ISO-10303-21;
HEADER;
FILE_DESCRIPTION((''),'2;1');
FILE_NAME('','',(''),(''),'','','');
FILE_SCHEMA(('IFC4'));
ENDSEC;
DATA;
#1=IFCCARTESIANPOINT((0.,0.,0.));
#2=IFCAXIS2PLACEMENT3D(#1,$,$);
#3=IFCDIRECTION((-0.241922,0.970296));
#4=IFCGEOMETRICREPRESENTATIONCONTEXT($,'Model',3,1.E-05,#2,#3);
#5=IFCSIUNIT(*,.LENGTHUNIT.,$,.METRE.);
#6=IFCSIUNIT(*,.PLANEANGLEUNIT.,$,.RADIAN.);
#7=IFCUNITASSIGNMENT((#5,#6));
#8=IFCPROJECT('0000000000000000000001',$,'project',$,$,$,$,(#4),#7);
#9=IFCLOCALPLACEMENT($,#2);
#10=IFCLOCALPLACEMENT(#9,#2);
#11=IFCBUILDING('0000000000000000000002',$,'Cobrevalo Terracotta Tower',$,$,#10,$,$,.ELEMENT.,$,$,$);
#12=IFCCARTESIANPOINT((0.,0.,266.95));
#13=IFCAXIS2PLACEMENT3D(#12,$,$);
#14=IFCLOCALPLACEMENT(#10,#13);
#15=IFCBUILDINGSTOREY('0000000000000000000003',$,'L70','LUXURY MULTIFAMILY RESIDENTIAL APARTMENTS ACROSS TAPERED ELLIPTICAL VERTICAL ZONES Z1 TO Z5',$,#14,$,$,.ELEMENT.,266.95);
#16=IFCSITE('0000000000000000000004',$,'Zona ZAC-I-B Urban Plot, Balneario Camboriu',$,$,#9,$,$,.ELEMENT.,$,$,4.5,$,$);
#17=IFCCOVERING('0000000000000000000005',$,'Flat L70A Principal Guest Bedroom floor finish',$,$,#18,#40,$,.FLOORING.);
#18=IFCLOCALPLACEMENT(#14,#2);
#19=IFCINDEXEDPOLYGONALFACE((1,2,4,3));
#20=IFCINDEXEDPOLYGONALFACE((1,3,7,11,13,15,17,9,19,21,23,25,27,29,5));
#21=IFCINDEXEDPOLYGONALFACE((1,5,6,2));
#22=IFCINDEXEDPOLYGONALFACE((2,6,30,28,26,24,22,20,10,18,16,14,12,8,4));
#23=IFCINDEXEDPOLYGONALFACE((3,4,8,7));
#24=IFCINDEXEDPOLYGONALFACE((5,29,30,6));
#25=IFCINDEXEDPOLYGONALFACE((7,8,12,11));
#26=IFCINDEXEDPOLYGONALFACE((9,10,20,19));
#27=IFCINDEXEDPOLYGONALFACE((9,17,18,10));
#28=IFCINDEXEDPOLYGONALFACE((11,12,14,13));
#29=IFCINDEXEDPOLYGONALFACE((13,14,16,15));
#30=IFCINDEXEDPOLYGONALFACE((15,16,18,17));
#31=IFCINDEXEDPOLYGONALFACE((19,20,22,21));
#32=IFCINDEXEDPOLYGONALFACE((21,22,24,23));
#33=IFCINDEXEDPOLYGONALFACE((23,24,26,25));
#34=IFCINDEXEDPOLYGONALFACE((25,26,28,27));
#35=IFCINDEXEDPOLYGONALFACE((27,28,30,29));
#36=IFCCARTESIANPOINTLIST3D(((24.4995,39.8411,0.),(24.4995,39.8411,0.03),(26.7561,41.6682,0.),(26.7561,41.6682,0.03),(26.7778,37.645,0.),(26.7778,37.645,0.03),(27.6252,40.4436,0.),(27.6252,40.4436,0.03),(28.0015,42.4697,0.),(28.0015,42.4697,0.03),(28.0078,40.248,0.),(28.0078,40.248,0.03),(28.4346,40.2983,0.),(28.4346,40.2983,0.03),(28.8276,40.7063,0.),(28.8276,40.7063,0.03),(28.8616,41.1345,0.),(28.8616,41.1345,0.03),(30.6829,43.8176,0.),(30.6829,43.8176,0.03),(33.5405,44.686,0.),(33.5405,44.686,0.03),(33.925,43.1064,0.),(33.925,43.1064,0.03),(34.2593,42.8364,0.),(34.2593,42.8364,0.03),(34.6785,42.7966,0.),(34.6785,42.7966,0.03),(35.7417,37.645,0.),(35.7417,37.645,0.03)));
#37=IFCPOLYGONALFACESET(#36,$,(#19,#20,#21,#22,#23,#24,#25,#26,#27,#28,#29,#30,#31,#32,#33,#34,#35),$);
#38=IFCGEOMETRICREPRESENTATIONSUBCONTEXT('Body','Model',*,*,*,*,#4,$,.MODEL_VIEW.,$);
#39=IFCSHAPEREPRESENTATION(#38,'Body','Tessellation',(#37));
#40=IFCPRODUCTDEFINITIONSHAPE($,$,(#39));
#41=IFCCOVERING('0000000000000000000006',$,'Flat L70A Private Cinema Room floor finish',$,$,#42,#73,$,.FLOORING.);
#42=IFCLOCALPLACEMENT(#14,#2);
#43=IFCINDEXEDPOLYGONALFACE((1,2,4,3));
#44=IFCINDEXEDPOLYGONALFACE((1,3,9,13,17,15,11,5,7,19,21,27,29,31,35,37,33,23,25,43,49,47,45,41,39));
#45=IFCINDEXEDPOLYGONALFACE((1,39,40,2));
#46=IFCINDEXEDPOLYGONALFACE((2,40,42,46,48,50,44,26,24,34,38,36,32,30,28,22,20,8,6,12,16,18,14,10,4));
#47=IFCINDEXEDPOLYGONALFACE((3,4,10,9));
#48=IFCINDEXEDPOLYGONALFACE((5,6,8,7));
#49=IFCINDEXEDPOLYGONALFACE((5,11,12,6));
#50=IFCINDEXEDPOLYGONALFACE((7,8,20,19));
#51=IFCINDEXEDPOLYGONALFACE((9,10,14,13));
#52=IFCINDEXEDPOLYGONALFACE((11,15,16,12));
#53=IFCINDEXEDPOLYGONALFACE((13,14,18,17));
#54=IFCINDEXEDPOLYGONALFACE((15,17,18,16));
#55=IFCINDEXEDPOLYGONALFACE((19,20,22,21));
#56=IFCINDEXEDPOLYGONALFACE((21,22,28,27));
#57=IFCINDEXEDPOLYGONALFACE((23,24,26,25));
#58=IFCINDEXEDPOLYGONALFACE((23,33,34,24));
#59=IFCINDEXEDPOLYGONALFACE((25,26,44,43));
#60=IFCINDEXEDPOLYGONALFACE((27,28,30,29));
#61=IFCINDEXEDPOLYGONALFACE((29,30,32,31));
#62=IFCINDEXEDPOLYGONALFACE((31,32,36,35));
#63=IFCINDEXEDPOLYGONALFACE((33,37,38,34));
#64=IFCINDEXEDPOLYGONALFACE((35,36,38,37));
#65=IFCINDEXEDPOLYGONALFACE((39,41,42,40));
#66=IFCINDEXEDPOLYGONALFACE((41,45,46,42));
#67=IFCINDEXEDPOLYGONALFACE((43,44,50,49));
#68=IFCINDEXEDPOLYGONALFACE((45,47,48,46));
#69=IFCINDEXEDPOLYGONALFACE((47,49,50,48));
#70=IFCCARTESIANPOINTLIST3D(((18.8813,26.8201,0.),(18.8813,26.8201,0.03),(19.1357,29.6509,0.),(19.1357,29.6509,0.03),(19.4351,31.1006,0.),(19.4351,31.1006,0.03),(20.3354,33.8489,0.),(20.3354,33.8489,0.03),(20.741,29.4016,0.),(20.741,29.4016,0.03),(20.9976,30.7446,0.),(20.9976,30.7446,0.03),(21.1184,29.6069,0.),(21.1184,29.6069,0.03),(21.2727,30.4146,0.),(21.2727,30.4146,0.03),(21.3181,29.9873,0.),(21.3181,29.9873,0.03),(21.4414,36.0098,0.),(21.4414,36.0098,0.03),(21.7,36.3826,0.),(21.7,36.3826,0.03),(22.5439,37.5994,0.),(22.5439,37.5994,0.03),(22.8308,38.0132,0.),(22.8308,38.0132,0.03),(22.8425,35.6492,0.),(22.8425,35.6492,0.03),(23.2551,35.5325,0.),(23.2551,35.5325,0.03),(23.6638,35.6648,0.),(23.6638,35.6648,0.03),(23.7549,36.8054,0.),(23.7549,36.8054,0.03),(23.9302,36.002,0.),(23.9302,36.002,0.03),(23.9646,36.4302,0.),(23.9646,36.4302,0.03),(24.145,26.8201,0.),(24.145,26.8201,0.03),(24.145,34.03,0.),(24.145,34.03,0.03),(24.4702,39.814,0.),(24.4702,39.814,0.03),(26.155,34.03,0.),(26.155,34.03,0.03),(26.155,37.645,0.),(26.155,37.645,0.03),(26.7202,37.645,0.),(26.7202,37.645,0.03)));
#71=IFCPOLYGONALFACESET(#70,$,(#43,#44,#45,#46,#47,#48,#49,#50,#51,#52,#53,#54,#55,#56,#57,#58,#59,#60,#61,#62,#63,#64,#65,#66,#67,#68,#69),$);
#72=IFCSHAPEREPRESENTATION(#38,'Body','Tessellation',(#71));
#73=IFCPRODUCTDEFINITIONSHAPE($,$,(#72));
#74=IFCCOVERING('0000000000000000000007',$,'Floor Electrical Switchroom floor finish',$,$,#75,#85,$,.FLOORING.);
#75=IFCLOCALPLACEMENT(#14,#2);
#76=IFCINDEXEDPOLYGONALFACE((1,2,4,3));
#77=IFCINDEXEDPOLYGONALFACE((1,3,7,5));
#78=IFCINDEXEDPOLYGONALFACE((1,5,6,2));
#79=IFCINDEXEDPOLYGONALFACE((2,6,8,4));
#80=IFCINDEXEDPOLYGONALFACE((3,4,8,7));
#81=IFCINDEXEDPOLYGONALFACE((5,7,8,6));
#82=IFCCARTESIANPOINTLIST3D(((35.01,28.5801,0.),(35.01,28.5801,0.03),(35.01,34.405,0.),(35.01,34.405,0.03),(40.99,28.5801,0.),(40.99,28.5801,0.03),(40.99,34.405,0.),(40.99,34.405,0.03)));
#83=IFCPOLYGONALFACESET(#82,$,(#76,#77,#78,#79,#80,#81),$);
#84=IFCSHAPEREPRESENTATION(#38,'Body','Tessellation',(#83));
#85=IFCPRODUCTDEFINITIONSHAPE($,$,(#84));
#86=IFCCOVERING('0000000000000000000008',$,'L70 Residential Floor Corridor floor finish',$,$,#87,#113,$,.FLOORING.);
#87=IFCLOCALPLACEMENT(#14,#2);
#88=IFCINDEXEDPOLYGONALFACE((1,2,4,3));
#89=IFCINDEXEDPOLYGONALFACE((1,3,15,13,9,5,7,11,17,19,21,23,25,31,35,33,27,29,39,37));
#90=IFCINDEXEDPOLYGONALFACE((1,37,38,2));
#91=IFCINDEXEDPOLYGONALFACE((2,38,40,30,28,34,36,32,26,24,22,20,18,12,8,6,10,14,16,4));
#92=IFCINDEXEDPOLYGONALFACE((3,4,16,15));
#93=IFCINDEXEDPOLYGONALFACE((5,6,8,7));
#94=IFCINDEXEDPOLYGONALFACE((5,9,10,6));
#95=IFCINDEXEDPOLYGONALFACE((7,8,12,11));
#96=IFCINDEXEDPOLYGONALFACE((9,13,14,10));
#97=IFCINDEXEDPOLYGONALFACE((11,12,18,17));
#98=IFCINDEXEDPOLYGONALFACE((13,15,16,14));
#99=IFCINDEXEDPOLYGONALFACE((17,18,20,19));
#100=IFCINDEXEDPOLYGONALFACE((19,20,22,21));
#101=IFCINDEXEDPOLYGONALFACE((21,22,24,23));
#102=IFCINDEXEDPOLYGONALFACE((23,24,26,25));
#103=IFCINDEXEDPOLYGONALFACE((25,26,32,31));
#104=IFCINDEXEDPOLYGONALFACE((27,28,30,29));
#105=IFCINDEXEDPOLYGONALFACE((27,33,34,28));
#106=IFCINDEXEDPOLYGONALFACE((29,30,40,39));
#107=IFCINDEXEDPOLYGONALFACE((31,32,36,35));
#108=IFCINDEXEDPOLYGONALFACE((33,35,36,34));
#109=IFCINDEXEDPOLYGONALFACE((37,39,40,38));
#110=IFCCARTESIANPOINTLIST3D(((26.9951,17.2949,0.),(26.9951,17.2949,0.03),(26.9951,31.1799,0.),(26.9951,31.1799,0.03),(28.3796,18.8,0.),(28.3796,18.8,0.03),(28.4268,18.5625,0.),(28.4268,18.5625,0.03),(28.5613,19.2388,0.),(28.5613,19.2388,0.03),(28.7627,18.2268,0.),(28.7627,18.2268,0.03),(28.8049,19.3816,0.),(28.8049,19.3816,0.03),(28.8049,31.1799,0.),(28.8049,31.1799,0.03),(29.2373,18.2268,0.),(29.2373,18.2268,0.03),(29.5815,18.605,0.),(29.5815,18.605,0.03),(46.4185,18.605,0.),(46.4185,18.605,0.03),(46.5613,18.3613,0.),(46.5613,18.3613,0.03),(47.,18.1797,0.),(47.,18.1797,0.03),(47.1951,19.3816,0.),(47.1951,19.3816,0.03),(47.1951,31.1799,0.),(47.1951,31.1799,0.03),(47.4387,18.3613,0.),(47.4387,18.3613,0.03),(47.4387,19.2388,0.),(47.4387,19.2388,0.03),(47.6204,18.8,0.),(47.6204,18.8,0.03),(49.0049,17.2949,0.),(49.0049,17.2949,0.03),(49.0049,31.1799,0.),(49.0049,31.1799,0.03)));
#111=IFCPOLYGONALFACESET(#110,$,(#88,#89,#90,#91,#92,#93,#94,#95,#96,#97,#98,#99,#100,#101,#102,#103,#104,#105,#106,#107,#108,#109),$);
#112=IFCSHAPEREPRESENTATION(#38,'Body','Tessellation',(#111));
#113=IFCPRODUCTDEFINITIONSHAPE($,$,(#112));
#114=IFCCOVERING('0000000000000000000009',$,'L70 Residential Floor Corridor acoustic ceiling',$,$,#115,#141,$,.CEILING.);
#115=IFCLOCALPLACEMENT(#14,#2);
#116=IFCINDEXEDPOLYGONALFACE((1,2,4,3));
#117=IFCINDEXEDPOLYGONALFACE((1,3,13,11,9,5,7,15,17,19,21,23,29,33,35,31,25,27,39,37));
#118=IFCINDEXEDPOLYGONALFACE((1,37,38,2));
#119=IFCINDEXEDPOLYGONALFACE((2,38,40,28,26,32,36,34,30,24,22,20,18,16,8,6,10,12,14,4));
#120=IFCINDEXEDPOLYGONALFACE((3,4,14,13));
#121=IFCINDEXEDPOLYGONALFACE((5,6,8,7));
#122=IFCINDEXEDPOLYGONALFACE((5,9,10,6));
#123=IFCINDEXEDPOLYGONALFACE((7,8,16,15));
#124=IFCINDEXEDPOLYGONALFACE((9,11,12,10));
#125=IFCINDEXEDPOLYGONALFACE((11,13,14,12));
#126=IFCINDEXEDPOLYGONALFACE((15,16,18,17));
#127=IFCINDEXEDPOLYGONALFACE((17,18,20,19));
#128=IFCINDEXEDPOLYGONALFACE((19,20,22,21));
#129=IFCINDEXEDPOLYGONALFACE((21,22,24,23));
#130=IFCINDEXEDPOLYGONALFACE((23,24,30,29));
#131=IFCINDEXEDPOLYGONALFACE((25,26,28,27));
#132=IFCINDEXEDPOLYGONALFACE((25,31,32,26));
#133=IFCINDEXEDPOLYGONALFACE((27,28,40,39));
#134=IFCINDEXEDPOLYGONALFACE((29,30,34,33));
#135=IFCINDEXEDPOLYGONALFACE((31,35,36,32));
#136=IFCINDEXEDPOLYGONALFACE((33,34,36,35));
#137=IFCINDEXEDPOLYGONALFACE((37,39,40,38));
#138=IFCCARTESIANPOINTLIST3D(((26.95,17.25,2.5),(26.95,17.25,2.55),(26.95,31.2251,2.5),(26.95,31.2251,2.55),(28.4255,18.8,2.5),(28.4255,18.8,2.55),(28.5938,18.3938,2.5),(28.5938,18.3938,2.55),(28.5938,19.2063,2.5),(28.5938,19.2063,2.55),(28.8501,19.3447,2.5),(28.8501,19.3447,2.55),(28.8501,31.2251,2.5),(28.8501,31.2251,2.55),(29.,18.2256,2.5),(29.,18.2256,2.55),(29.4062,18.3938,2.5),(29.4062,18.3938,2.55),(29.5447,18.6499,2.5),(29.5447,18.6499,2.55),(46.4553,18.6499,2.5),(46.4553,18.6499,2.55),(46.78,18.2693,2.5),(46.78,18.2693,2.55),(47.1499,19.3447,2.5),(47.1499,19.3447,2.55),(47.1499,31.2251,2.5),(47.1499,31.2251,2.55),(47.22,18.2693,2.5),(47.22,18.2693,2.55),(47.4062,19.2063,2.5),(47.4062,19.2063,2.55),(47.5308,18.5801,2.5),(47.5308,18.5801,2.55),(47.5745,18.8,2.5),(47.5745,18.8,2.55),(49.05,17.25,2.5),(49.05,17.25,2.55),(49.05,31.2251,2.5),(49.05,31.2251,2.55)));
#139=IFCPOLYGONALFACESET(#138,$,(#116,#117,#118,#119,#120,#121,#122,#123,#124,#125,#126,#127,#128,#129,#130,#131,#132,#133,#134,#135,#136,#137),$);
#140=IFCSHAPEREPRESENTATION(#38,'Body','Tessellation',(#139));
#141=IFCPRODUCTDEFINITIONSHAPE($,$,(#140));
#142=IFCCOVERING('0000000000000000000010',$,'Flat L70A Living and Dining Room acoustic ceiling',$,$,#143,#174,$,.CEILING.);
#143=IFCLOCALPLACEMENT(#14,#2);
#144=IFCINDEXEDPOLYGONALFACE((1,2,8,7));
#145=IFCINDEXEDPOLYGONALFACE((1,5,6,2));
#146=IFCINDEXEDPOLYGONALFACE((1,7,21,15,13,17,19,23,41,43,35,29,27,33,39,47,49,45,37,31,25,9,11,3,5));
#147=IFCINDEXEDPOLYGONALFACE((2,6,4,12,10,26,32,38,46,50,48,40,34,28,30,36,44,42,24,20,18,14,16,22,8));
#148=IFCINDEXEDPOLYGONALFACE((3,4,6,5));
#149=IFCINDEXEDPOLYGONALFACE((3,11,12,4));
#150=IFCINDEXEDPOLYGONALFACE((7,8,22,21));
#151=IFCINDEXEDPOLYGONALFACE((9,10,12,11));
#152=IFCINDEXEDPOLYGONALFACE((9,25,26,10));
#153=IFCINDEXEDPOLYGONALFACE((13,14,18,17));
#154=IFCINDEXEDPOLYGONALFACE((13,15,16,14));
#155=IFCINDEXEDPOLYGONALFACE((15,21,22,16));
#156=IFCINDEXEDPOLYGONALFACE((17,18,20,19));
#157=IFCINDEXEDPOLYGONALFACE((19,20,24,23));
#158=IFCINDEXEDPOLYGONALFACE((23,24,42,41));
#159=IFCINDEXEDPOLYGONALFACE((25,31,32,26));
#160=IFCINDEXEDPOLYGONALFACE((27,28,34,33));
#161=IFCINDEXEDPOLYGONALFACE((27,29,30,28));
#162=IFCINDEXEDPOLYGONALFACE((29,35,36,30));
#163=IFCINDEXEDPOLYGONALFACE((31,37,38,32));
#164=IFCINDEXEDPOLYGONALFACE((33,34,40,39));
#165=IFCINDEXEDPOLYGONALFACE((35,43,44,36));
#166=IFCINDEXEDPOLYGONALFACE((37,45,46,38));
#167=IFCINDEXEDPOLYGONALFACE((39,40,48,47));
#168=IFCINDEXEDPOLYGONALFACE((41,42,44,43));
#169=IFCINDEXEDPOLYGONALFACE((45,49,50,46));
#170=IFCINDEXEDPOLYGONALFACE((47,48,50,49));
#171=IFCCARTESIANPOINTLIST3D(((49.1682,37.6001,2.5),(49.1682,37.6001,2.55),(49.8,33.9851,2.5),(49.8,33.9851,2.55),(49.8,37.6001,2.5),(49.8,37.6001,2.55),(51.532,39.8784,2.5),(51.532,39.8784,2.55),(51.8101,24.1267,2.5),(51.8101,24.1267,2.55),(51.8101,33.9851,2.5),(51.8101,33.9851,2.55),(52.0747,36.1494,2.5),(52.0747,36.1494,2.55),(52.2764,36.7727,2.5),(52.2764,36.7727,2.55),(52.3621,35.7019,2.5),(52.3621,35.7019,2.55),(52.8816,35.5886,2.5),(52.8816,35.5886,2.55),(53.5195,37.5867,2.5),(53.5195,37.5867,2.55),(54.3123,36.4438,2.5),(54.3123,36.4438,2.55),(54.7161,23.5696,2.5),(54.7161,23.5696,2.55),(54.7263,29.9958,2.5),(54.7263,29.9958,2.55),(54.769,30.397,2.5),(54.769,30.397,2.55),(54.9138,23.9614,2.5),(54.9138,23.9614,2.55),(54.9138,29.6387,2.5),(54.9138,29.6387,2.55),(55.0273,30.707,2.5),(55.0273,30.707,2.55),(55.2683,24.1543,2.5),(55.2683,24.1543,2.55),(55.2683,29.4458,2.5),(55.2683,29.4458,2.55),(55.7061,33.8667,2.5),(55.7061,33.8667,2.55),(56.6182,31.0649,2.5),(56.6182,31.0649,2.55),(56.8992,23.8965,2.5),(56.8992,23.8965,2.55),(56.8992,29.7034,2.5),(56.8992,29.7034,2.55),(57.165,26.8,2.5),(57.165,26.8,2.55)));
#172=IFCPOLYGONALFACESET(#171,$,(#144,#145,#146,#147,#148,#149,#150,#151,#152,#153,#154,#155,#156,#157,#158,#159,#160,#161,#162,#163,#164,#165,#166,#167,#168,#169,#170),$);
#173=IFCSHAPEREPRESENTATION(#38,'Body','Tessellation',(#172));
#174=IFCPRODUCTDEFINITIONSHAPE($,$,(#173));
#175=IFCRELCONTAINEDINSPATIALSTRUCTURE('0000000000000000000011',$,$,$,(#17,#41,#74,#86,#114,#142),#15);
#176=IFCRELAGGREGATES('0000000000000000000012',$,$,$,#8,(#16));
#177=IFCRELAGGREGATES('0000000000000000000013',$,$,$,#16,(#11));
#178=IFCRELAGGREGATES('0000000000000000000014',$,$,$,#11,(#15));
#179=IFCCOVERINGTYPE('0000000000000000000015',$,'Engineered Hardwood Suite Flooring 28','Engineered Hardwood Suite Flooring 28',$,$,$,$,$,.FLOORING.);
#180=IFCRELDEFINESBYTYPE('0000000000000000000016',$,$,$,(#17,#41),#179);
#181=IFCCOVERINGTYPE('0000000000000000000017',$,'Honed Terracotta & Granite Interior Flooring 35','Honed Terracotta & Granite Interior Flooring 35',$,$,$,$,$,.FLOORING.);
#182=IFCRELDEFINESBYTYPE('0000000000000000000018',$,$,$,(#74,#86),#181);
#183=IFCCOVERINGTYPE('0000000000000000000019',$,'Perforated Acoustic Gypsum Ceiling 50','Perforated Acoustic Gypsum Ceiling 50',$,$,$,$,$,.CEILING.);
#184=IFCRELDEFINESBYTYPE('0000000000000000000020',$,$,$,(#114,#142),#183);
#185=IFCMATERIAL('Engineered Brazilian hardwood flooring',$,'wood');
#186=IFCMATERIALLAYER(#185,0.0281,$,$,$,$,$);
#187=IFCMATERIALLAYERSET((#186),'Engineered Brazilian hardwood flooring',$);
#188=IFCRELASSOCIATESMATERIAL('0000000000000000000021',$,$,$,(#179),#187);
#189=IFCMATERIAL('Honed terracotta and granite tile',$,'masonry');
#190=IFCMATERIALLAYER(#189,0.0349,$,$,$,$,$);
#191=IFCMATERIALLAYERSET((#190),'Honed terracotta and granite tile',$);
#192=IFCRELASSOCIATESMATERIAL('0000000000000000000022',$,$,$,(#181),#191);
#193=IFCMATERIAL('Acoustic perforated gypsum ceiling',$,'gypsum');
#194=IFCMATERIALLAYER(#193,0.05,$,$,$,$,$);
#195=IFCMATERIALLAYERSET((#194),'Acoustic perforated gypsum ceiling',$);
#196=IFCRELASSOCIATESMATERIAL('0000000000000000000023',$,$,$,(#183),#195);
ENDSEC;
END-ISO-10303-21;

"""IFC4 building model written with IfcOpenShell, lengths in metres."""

from ifc_helpers import new_model, si_unit, direction, frame, origin, place, context, subcontext, project, spatial, polyline, outline, extrude, material, layer, layer_set, type_object, element, save


model = new_model("IFC4")

# Units and contexts
model_context = context("Model", 3, precision=1e-05, world=origin(), true_north=direction((-0.241922, 0.970296)))
body_context = subcontext(model_context, "Body", "Model", "MODEL_VIEW")
ifc_project = project(units=[si_unit("LENGTHUNIT", "METRE"), si_unit("PLANEANGLEUNIT", "RADIAN")], contexts=[model_context])

# Site, building, storey
site_placement = place(None, origin())
site = spatial("IfcSite", under=ifc_project, at=site_placement, Name="Zona ZAC-I-B Urban Plot, Balneario Camboriu", CompositionType="ELEMENT", RefElevation=4.5)
building_placement = place(site_placement, origin())
building = spatial("IfcBuilding", under=site, at=building_placement, Name="Cobrevalo Terracotta Tower", CompositionType="ELEMENT")
storey_placement = place(building_placement, frame((0.0, 0.0, 266.95)))
storey = spatial("IfcBuildingStorey", under=building, at=storey_placement, Name="L70", Description="LUXURY MULTIFAMILY RESIDENTIAL APARTMENTS ACROSS TAPERED ELLIPTICAL VERTICAL ZONES Z1 TO Z5", CompositionType="ELEMENT", Elevation=266.95)

# Coverings
ifc_material_1 = material(Name="Engineered Brazilian hardwood flooring", Category="wood")
ifc_layer_1 = layer(ifc_material_1, 0.0281)
ifc_layer_set_1 = layer_set([ifc_layer_1], Name="Engineered Brazilian hardwood flooring")
covering_type_1 = type_object("IfcCoveringType", Name="Engineered Hardwood Suite Flooring 28", Description="Engineered Hardwood Suite Flooring 28", PredefinedType="FLOORING", material=ifc_layer_set_1)
covering_1_placement = place(storey_placement, origin())
element("IfcCovering", 1, at=covering_1_placement, inside=storey, type_object=covering_type_1, Name="Flat L70A Principal Guest Bedroom floor finish", PredefinedType="FLOORING", context=body_context, shape_type="SweptSolid", body=[
    extrude(outline(polyline([(24.4995, 39.8411), (26.7561, 41.6682), (27.6252, 40.4436), (28.0078, 40.248), (28.4346, 40.2983), (28.8276, 40.7063), (28.8616, 41.1345), (28.0015, 42.4697), (30.6829, 43.8176), (33.5405, 44.686), (33.925, 43.1064), (34.2593, 42.8364), (34.6785, 42.7966), (35.7417, 37.645), (26.7778, 37.645), (24.4995, 39.8411)])), origin(), (0.0, 0.0, 1.0), 0.03),
])
covering_2_placement = place(storey_placement, origin())
element("IfcCovering", 2, at=covering_2_placement, inside=storey, type_object=covering_type_1, Name="Flat L70A Private Cinema Room floor finish", PredefinedType="FLOORING", context=body_context, shape_type="SweptSolid", body=[
    extrude(outline(polyline([(26.7202, 37.645), (26.155, 37.645), (26.155, 34.03), (24.145, 34.03), (24.145, 26.8201), (18.8813, 26.8201), (19.1357, 29.6509), (20.741, 29.4016), (21.1184, 29.6069), (21.3181, 29.9873), (21.2727, 30.4146), (20.9976, 30.7446), (19.4351, 31.1006), (20.3354, 33.8489), (21.4414, 36.0098), (21.7, 36.3826), (22.8425, 35.6492), (23.2551, 35.5325), (23.6638, 35.6648), (23.9302, 36.002), (23.9646, 36.4302), (23.7549, 36.8054), (22.5439, 37.5994), (22.8308, 38.0132), (24.4702, 39.814), (26.7202, 37.645)])), origin(), (0.0, 0.0, 1.0), 0.03),
])
ifc_material_2 = material(Name="Honed terracotta and granite tile", Category="masonry")
ifc_layer_2 = layer(ifc_material_2, 0.0349)
ifc_layer_set_2 = layer_set([ifc_layer_2], Name="Honed terracotta and granite tile")
covering_type_2 = type_object("IfcCoveringType", Name="Honed Terracotta & Granite Interior Flooring 35", Description="Honed Terracotta & Granite Interior Flooring 35", PredefinedType="FLOORING", material=ifc_layer_set_2)
covering_3_placement = place(storey_placement, origin())
element("IfcCovering", 3, at=covering_3_placement, inside=storey, type_object=covering_type_2, Name="Floor Electrical Switchroom floor finish", PredefinedType="FLOORING", context=body_context, shape_type="SweptSolid", body=[
    extrude(outline(polyline([(35.01, 34.405), (40.99, 34.405), (40.99, 28.5801), (35.01, 28.5801), (35.01, 34.405)])), origin(), (0.0, 0.0, 1.0), 0.03),
])
covering_4_placement = place(storey_placement, origin())
element("IfcCovering", 4, at=covering_4_placement, inside=storey, type_object=covering_type_2, Name="L70 Residential Floor Corridor floor finish", PredefinedType="FLOORING", context=body_context, shape_type="SweptSolid", body=[
    extrude(outline(polyline([(26.9951, 31.1799), (28.8049, 31.1799), (28.8049, 19.3816), (28.5613, 19.2388), (28.3796, 18.8), (28.4268, 18.5625), (28.7627, 18.2268), (29.2373, 18.2268), (29.5815, 18.605), (46.4185, 18.605), (46.5613, 18.3613), (47.0, 18.1797), (47.4387, 18.3613), (47.6204, 18.8), (47.4387, 19.2388), (47.1951, 19.3816), (47.1951, 31.1799), (49.0049, 31.1799), (49.0049, 17.2949), (26.9951, 17.2949), (26.9951, 31.1799)])), origin(), (0.0, 0.0, 1.0), 0.03),
])
ifc_material_3 = material(Name="Acoustic perforated gypsum ceiling", Category="gypsum")
ifc_layer_3 = layer(ifc_material_3, 0.05)
ifc_layer_set_3 = layer_set([ifc_layer_3], Name="Acoustic perforated gypsum ceiling")
covering_type_3 = type_object("IfcCoveringType", Name="Perforated Acoustic Gypsum Ceiling 50", Description="Perforated Acoustic Gypsum Ceiling 50", PredefinedType="CEILING", material=ifc_layer_set_3)
covering_5_placement = place(storey_placement, frame((0.0, 0.0, 2.5)))
element("IfcCovering", 5, at=covering_5_placement, inside=storey, type_object=covering_type_3, Name="L70 Residential Floor Corridor acoustic ceiling", PredefinedType="CEILING", context=body_context, shape_type="SweptSolid", body=[
    extrude(outline(polyline([(26.95, 31.2251), (28.8501, 31.2251), (28.8501, 19.3447), (28.5938, 19.2063), (28.4255, 18.8), (28.5938, 18.3938), (29.0, 18.2256), (29.4062, 18.3938), (29.5447, 18.6499), (46.4553, 18.6499), (46.78, 18.2693), (47.22, 18.2693), (47.5308, 18.5801), (47.5745, 18.8), (47.4062, 19.2063), (47.1499, 19.3447), (47.1499, 31.2251), (49.05, 31.2251), (49.05, 17.25), (26.95, 17.25), (26.95, 31.2251)])), origin(), (0.0, 0.0, 1.0), 0.05),
])
covering_6_placement = place(storey_placement, frame((0.0, 0.0, 2.5)))
element("IfcCovering", 6, at=covering_6_placement, inside=storey, type_object=covering_type_3, Name="Flat L70A Living and Dining Room acoustic ceiling", PredefinedType="CEILING", context=body_context, shape_type="SweptSolid", body=[
    extrude(outline(polyline([(51.532, 39.8784), (53.5195, 37.5867), (52.2764, 36.7727), (52.0747, 36.1494), (52.3621, 35.7019), (52.8816, 35.5886), (54.3123, 36.4438), (55.7061, 33.8667), (56.6182, 31.0649), (55.0273, 30.707), (54.769, 30.397), (54.7263, 29.9958), (54.9138, 29.6387), (55.2683, 29.4458), (56.8992, 29.7034), (57.165, 26.8), (56.8992, 23.8965), (55.2683, 24.1543), (54.9138, 23.9614), (54.7161, 23.5696), (51.8101, 24.1267), (51.8101, 33.9851), (49.8, 33.9851), (49.8, 37.6001), (49.1682, 37.6001), (51.532, 39.8784)])), origin(), (0.0, 0.0, 1.0), 0.05),
])

save(model, "model.ifc")
